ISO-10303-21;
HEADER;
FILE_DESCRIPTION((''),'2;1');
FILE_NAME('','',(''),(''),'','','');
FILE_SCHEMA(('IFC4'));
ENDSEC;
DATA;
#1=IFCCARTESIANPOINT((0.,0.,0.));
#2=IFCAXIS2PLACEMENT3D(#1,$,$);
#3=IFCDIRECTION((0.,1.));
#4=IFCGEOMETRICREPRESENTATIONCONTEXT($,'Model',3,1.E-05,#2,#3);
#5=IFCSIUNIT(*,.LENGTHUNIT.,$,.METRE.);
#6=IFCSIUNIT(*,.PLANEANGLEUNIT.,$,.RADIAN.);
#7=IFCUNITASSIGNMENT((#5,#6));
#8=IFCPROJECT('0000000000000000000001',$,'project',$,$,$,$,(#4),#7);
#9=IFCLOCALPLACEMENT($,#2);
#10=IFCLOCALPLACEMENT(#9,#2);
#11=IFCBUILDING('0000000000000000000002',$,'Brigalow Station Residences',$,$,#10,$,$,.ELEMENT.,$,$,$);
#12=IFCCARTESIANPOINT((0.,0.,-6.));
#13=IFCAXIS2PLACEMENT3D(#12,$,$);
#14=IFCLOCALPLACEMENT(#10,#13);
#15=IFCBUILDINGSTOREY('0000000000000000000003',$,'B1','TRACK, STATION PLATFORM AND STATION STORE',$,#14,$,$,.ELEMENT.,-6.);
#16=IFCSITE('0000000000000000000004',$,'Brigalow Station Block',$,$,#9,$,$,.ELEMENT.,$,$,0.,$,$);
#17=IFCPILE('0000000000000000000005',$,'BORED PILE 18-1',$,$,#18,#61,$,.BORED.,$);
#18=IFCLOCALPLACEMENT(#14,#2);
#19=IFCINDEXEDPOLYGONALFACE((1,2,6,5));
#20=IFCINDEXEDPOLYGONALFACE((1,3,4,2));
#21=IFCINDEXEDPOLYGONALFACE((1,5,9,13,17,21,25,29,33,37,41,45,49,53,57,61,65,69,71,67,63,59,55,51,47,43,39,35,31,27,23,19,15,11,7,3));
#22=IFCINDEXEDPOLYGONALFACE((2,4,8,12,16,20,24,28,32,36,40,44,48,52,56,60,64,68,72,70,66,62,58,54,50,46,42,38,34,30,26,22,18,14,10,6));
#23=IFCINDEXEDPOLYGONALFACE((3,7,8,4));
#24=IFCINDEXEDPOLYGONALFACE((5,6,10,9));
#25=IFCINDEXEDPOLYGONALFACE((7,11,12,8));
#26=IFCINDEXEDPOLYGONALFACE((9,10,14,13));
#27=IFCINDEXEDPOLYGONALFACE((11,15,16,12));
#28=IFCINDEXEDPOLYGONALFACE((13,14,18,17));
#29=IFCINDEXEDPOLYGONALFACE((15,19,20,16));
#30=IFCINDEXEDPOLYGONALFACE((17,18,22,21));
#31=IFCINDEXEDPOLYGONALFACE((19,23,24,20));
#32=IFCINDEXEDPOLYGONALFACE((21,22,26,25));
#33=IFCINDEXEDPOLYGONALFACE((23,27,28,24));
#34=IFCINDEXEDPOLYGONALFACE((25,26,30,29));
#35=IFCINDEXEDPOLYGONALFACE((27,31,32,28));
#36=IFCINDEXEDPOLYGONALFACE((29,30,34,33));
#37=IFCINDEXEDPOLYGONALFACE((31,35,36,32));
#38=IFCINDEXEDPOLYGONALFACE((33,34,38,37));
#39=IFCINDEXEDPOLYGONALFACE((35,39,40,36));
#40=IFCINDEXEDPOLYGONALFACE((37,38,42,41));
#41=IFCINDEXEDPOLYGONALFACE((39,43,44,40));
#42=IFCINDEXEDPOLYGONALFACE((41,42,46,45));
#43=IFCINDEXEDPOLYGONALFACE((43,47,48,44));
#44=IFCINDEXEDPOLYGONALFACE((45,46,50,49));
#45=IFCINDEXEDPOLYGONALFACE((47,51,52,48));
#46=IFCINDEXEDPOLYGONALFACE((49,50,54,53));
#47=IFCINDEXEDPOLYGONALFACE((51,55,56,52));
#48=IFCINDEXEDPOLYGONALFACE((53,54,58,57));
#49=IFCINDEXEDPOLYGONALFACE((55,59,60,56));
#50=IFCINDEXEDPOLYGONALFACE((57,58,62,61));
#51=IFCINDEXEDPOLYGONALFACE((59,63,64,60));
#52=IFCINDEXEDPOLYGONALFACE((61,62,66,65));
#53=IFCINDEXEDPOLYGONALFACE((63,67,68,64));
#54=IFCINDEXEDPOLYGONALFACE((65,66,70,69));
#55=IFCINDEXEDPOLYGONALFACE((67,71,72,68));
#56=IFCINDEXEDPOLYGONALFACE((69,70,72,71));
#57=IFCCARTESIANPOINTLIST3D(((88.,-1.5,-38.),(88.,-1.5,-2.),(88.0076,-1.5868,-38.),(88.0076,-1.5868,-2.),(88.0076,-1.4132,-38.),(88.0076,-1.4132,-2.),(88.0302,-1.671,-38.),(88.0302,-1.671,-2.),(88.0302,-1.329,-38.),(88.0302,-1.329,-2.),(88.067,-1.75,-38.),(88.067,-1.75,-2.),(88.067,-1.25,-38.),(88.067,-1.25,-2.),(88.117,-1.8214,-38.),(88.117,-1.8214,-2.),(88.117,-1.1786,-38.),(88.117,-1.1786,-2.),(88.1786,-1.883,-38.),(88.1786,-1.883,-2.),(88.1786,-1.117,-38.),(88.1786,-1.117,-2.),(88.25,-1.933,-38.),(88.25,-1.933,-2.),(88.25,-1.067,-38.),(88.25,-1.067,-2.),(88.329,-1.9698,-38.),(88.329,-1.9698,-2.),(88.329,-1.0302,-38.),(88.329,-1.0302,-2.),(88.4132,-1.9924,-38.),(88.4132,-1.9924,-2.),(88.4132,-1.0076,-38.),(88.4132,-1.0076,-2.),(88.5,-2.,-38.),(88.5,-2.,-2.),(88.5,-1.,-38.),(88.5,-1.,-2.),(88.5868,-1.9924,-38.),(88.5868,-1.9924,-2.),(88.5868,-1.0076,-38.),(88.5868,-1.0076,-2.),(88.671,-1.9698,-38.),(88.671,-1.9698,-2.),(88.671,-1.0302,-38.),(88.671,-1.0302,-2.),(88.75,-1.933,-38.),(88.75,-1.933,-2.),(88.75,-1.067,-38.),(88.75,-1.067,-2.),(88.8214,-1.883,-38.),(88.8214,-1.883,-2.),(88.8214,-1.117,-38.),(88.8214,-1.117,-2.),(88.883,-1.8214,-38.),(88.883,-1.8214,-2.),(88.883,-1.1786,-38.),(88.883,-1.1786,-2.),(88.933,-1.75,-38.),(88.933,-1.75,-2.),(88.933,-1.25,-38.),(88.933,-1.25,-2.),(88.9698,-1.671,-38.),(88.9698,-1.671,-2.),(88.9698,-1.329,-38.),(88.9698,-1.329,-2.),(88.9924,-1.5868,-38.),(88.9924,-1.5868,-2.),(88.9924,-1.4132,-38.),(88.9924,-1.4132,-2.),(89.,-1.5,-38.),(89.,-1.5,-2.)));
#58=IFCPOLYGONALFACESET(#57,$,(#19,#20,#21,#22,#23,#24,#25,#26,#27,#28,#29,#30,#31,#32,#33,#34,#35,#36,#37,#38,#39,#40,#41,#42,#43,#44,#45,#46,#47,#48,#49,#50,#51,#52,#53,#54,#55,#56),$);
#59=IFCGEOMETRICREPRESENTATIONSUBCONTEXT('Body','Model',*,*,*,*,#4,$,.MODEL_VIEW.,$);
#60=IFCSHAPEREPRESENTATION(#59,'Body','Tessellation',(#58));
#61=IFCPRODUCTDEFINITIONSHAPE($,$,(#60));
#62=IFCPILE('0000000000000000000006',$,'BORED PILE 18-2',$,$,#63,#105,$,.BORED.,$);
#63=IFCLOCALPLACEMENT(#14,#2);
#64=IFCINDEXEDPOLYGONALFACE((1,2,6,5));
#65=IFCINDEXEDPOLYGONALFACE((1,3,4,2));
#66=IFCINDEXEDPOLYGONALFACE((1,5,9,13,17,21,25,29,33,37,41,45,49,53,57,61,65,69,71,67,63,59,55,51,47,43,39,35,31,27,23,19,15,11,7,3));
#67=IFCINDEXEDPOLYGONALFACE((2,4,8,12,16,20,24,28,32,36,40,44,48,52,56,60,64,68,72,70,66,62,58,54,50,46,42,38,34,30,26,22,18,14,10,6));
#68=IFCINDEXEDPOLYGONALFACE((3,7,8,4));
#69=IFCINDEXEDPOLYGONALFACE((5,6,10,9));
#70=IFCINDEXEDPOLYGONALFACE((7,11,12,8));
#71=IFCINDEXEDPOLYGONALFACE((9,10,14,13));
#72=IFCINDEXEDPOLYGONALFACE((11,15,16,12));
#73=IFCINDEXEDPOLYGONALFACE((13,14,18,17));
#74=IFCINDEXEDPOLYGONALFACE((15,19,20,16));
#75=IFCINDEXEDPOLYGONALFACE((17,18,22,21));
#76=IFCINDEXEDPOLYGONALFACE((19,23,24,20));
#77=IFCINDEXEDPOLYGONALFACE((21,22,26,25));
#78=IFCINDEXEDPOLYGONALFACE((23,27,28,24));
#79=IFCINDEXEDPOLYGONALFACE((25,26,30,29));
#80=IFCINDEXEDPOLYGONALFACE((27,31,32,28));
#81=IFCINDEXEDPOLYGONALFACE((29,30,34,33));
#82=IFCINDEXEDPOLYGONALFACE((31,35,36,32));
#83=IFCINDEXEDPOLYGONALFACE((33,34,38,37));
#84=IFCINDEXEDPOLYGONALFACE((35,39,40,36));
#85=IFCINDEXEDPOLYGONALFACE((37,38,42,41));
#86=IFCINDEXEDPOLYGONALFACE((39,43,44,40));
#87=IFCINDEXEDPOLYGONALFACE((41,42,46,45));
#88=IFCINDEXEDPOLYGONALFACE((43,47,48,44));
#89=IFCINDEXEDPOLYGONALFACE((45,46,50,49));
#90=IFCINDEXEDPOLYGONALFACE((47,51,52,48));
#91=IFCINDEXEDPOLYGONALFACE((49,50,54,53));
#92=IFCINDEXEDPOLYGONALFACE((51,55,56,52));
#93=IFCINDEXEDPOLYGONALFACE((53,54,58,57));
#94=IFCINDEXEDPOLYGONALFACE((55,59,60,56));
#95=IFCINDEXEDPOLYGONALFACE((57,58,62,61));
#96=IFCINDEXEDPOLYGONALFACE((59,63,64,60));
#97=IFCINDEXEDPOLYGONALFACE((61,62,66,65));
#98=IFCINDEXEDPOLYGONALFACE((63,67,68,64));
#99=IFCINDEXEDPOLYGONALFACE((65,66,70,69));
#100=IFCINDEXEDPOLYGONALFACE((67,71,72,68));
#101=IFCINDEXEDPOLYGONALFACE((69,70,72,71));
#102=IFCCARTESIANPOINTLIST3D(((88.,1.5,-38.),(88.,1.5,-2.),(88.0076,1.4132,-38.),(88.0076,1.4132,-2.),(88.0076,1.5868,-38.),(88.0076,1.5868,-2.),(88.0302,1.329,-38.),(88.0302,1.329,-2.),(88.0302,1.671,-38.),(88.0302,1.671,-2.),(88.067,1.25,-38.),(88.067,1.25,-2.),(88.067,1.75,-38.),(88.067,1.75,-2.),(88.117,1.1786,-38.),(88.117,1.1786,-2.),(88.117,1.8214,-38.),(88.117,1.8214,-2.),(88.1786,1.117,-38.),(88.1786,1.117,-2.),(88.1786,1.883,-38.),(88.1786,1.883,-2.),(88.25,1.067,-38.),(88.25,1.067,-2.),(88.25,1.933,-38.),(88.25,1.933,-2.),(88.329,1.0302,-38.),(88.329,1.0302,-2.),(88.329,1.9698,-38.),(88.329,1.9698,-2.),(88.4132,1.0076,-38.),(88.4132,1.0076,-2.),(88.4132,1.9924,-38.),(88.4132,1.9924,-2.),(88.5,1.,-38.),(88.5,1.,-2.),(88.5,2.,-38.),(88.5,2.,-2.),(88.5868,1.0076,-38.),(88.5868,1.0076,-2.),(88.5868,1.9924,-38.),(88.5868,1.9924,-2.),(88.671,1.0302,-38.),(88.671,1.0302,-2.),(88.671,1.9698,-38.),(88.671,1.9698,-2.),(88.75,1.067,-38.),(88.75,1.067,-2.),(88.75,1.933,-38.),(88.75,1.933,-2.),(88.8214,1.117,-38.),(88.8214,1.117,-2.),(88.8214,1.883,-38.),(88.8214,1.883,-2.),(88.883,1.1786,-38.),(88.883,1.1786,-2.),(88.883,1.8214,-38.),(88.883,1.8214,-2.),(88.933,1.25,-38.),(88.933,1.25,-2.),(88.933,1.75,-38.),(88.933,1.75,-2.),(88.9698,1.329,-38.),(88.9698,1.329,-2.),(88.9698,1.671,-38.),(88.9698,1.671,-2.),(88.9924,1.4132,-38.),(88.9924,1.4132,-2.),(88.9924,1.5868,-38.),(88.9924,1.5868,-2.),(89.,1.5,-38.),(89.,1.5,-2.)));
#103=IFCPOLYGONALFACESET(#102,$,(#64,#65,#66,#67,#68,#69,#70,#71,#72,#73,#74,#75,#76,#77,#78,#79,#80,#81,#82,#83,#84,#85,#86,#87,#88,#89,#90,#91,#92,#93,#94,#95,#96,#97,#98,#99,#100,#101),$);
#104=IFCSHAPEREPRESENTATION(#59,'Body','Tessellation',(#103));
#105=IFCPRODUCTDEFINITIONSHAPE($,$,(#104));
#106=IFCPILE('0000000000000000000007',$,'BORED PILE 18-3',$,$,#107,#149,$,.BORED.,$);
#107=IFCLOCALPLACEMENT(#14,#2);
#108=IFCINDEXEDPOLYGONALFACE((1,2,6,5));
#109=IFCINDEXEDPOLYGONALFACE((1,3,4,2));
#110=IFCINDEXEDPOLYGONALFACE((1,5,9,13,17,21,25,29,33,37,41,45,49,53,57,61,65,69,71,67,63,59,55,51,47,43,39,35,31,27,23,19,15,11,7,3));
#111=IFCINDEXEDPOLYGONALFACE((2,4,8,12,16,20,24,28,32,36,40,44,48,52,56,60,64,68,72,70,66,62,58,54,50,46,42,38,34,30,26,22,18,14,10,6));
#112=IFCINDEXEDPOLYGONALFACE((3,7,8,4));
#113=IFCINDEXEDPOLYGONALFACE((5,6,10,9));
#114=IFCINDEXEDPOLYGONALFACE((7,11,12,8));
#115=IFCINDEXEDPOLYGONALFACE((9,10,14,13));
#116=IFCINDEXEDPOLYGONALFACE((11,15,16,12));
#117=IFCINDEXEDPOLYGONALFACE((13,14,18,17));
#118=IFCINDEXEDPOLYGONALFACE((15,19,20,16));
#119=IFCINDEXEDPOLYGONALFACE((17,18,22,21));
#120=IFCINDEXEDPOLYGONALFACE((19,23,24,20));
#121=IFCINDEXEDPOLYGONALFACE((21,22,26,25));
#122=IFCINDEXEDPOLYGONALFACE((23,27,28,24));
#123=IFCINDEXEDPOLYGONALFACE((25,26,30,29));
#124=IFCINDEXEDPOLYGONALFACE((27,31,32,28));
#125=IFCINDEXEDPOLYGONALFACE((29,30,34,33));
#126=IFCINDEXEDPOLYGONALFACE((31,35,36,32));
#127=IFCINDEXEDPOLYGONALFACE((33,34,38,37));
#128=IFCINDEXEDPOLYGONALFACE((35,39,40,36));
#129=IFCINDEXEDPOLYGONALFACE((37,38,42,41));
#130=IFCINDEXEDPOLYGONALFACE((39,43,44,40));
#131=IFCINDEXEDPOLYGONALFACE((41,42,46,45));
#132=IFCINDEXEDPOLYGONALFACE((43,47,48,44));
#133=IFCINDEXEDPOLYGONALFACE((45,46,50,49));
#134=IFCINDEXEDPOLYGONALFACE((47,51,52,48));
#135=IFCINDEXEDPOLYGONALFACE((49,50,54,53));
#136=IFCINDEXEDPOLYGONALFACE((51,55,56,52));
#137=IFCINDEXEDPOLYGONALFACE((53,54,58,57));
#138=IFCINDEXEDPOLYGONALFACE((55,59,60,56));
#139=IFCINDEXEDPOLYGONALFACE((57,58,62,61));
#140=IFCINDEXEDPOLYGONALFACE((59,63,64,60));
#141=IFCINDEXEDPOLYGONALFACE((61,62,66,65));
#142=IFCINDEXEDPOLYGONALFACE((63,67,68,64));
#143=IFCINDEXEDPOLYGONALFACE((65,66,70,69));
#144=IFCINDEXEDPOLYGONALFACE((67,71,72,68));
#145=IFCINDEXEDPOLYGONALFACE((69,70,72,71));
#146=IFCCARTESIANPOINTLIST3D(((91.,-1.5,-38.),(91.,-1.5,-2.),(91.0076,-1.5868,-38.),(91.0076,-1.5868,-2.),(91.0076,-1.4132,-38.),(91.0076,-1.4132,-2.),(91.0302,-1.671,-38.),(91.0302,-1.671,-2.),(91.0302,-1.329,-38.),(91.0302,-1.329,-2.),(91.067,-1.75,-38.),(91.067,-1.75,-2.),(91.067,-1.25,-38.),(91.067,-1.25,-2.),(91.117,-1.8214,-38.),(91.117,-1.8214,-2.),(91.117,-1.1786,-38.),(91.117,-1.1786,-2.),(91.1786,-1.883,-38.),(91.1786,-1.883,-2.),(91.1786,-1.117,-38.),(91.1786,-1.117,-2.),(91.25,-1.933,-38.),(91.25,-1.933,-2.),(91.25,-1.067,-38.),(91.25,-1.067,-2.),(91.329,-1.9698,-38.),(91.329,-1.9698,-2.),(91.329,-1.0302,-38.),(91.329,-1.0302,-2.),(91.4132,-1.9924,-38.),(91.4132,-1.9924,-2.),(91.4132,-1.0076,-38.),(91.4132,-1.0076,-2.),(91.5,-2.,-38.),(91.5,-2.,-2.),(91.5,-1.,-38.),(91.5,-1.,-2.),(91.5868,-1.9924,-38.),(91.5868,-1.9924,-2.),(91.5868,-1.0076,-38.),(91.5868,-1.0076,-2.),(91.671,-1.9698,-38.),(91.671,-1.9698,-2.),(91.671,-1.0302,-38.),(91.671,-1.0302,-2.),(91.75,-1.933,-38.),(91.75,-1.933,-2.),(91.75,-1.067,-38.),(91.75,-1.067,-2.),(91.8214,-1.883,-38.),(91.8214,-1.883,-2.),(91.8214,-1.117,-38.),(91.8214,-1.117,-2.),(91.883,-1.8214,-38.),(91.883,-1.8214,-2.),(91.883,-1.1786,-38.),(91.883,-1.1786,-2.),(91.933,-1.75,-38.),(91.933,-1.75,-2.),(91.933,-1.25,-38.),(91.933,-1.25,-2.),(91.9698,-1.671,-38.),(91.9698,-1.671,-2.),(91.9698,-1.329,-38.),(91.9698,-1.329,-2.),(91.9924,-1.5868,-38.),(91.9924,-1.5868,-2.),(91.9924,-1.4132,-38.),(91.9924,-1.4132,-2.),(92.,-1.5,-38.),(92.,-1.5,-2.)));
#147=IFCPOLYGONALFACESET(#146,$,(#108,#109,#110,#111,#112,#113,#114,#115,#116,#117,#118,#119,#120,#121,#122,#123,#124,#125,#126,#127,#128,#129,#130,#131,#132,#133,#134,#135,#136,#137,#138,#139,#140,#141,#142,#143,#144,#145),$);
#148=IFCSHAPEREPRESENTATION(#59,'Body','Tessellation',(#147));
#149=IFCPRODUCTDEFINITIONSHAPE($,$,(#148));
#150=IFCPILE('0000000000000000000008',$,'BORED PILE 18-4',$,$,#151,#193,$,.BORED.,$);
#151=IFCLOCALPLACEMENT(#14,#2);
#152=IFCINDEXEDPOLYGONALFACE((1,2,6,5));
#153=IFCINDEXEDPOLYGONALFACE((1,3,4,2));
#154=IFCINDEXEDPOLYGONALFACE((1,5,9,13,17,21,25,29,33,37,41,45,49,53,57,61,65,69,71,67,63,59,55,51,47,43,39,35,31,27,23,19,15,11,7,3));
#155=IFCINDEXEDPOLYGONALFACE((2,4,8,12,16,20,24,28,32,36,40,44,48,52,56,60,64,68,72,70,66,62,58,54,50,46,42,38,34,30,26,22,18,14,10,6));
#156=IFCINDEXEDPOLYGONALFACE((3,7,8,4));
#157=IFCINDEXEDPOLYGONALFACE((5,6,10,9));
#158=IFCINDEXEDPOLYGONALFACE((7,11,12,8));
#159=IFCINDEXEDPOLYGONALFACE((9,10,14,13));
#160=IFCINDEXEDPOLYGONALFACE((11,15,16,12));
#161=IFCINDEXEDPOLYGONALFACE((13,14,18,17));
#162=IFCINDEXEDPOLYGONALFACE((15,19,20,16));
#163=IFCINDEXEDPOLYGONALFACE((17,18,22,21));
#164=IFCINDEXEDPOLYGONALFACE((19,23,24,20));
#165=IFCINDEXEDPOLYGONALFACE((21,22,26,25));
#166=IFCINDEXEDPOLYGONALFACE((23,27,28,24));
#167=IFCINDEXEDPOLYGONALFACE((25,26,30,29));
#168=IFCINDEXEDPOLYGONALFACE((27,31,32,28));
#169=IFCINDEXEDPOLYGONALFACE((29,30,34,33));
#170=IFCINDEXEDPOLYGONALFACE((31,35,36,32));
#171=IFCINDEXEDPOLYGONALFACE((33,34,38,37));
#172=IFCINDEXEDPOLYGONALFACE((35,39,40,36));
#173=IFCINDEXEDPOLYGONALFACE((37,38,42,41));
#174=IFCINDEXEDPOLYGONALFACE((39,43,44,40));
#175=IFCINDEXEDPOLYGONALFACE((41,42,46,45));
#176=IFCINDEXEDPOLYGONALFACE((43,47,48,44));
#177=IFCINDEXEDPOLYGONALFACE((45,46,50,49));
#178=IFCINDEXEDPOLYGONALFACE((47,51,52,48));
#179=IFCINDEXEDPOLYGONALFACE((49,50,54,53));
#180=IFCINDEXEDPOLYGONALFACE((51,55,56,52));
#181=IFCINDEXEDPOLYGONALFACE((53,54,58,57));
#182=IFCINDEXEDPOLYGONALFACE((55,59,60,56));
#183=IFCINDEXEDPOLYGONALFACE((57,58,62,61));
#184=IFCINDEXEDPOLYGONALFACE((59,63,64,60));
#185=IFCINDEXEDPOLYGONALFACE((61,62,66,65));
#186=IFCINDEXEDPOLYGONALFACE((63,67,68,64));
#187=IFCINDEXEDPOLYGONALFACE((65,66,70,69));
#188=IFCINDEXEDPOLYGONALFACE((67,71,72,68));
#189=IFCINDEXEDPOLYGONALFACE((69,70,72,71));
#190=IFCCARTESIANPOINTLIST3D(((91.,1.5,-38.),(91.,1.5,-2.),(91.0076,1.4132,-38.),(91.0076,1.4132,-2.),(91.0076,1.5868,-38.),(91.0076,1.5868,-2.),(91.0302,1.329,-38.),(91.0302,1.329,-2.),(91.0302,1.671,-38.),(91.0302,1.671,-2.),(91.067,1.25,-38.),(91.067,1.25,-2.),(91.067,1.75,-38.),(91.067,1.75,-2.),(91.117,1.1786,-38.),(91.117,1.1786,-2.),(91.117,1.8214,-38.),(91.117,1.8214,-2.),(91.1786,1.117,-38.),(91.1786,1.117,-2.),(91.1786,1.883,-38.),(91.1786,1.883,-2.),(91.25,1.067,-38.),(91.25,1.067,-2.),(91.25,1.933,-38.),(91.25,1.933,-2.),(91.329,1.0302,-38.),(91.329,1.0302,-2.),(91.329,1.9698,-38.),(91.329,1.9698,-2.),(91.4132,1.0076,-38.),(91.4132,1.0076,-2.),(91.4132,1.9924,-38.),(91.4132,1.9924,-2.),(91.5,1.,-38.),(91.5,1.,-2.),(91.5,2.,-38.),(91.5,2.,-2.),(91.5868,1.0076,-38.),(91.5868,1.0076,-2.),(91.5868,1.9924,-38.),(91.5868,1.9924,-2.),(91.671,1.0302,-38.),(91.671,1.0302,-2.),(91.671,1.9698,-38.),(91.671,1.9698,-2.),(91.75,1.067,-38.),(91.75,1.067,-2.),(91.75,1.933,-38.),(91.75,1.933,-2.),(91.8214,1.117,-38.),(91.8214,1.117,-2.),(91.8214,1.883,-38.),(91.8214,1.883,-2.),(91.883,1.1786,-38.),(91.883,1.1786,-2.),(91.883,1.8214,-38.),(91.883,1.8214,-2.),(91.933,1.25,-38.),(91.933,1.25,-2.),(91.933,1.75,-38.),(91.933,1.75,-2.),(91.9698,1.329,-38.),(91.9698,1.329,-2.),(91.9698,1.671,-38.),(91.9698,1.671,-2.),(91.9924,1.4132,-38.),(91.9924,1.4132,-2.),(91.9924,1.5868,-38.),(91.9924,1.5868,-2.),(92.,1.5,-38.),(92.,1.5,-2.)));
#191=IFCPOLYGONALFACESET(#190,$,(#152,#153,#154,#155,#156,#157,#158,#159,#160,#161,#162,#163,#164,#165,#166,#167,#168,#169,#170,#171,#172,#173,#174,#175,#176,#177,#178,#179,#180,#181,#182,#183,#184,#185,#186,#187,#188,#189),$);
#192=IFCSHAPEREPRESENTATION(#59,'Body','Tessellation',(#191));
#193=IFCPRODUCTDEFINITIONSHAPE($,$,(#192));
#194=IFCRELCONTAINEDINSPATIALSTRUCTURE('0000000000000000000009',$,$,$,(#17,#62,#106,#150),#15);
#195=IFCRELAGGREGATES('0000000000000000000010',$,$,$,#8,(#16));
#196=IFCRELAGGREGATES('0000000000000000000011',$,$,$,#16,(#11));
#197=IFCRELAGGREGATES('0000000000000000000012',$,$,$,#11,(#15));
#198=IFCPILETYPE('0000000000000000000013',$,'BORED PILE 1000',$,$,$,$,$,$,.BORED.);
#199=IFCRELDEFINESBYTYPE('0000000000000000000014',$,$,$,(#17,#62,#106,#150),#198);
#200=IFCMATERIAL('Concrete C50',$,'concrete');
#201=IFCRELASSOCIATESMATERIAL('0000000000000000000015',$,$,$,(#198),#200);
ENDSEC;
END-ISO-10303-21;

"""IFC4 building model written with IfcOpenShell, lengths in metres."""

from ifc_helpers import new_model, si_unit, direction, frame, origin, origin_2d, place, context, subcontext, project, spatial, circle, extrude, material, material_profile, profile_set, type_object, element, save


model = new_model("IFC4")

# Units and contexts
model_context = context("Model", 3, precision=1e-05, world=origin(), true_north=direction((0.0, 1.0)))
body_context = subcontext(model_context, "Body", "Model", "MODEL_VIEW")
ifc_project = project(units=[si_unit("LENGTHUNIT", "METRE"), si_unit("PLANEANGLEUNIT", "RADIAN")], contexts=[model_context])

# Site, building, storey
site_placement = place(None, origin())
site = spatial("IfcSite", under=ifc_project, at=site_placement, Name="Brigalow Station Block", CompositionType="ELEMENT", RefElevation=0.0)
building_placement = place(site_placement, origin())
building = spatial("IfcBuilding", under=site, at=building_placement, Name="Brigalow Station Residences", CompositionType="ELEMENT")
storey_placement = place(building_placement, frame((0.0, 0.0, -6.0)))
storey = spatial("IfcBuildingStorey", under=building, at=storey_placement, Name="B1", Description="TRACK, STATION PLATFORM AND STATION STORE", CompositionType="ELEMENT", Elevation=-6.0)

# Piles
ifc_material_1 = material(Name="Concrete C50", Category="concrete")
ifc_material_profile_1 = material_profile(ifc_material_1, circle(Radius=0.5, at=origin_2d()), Name="BP1000")
ifc_profile_set_1 = profile_set([ifc_material_profile_1], Name="Concrete C50")
pile_type_1 = type_object("IfcPileType", Name="BORED PILE 1000", PredefinedType="BORED", material=ifc_profile_set_1)
for number, where, z_axis, x_axis, name in (
    (1, (88.5, -1.5, -2.0), (0.0, 0.0, -1.0), (1.0, 0.0, 0.0), "BORED PILE 18-1"),
    (2, (88.5, 1.5, -2.0), (0.0, 0.0, -1.0), (1.0, 0.0, 0.0), "BORED PILE 18-2"),
    (3, (91.5, -1.5, -2.0), (0.0, 0.0, -1.0), (1.0, 0.0, 0.0), "BORED PILE 18-3"),
    (4, (91.5, 1.5, -2.0), (0.0, 0.0, -1.0), (1.0, 0.0, 0.0), "BORED PILE 18-4"),
):
    element("IfcPile", number, at=place(storey_placement, frame(where, z_axis=z_axis, x_axis=x_axis)), inside=storey, type_object=pile_type_1, Name=name, PredefinedType="BORED", context=body_context, shape_type="SweptSolid", body=[
        extrude(circle(Radius=0.5, at=origin_2d()), origin(), (0.0, 0.0, 1.0), 36.0),
    ])

save(model, "model.ifc")
